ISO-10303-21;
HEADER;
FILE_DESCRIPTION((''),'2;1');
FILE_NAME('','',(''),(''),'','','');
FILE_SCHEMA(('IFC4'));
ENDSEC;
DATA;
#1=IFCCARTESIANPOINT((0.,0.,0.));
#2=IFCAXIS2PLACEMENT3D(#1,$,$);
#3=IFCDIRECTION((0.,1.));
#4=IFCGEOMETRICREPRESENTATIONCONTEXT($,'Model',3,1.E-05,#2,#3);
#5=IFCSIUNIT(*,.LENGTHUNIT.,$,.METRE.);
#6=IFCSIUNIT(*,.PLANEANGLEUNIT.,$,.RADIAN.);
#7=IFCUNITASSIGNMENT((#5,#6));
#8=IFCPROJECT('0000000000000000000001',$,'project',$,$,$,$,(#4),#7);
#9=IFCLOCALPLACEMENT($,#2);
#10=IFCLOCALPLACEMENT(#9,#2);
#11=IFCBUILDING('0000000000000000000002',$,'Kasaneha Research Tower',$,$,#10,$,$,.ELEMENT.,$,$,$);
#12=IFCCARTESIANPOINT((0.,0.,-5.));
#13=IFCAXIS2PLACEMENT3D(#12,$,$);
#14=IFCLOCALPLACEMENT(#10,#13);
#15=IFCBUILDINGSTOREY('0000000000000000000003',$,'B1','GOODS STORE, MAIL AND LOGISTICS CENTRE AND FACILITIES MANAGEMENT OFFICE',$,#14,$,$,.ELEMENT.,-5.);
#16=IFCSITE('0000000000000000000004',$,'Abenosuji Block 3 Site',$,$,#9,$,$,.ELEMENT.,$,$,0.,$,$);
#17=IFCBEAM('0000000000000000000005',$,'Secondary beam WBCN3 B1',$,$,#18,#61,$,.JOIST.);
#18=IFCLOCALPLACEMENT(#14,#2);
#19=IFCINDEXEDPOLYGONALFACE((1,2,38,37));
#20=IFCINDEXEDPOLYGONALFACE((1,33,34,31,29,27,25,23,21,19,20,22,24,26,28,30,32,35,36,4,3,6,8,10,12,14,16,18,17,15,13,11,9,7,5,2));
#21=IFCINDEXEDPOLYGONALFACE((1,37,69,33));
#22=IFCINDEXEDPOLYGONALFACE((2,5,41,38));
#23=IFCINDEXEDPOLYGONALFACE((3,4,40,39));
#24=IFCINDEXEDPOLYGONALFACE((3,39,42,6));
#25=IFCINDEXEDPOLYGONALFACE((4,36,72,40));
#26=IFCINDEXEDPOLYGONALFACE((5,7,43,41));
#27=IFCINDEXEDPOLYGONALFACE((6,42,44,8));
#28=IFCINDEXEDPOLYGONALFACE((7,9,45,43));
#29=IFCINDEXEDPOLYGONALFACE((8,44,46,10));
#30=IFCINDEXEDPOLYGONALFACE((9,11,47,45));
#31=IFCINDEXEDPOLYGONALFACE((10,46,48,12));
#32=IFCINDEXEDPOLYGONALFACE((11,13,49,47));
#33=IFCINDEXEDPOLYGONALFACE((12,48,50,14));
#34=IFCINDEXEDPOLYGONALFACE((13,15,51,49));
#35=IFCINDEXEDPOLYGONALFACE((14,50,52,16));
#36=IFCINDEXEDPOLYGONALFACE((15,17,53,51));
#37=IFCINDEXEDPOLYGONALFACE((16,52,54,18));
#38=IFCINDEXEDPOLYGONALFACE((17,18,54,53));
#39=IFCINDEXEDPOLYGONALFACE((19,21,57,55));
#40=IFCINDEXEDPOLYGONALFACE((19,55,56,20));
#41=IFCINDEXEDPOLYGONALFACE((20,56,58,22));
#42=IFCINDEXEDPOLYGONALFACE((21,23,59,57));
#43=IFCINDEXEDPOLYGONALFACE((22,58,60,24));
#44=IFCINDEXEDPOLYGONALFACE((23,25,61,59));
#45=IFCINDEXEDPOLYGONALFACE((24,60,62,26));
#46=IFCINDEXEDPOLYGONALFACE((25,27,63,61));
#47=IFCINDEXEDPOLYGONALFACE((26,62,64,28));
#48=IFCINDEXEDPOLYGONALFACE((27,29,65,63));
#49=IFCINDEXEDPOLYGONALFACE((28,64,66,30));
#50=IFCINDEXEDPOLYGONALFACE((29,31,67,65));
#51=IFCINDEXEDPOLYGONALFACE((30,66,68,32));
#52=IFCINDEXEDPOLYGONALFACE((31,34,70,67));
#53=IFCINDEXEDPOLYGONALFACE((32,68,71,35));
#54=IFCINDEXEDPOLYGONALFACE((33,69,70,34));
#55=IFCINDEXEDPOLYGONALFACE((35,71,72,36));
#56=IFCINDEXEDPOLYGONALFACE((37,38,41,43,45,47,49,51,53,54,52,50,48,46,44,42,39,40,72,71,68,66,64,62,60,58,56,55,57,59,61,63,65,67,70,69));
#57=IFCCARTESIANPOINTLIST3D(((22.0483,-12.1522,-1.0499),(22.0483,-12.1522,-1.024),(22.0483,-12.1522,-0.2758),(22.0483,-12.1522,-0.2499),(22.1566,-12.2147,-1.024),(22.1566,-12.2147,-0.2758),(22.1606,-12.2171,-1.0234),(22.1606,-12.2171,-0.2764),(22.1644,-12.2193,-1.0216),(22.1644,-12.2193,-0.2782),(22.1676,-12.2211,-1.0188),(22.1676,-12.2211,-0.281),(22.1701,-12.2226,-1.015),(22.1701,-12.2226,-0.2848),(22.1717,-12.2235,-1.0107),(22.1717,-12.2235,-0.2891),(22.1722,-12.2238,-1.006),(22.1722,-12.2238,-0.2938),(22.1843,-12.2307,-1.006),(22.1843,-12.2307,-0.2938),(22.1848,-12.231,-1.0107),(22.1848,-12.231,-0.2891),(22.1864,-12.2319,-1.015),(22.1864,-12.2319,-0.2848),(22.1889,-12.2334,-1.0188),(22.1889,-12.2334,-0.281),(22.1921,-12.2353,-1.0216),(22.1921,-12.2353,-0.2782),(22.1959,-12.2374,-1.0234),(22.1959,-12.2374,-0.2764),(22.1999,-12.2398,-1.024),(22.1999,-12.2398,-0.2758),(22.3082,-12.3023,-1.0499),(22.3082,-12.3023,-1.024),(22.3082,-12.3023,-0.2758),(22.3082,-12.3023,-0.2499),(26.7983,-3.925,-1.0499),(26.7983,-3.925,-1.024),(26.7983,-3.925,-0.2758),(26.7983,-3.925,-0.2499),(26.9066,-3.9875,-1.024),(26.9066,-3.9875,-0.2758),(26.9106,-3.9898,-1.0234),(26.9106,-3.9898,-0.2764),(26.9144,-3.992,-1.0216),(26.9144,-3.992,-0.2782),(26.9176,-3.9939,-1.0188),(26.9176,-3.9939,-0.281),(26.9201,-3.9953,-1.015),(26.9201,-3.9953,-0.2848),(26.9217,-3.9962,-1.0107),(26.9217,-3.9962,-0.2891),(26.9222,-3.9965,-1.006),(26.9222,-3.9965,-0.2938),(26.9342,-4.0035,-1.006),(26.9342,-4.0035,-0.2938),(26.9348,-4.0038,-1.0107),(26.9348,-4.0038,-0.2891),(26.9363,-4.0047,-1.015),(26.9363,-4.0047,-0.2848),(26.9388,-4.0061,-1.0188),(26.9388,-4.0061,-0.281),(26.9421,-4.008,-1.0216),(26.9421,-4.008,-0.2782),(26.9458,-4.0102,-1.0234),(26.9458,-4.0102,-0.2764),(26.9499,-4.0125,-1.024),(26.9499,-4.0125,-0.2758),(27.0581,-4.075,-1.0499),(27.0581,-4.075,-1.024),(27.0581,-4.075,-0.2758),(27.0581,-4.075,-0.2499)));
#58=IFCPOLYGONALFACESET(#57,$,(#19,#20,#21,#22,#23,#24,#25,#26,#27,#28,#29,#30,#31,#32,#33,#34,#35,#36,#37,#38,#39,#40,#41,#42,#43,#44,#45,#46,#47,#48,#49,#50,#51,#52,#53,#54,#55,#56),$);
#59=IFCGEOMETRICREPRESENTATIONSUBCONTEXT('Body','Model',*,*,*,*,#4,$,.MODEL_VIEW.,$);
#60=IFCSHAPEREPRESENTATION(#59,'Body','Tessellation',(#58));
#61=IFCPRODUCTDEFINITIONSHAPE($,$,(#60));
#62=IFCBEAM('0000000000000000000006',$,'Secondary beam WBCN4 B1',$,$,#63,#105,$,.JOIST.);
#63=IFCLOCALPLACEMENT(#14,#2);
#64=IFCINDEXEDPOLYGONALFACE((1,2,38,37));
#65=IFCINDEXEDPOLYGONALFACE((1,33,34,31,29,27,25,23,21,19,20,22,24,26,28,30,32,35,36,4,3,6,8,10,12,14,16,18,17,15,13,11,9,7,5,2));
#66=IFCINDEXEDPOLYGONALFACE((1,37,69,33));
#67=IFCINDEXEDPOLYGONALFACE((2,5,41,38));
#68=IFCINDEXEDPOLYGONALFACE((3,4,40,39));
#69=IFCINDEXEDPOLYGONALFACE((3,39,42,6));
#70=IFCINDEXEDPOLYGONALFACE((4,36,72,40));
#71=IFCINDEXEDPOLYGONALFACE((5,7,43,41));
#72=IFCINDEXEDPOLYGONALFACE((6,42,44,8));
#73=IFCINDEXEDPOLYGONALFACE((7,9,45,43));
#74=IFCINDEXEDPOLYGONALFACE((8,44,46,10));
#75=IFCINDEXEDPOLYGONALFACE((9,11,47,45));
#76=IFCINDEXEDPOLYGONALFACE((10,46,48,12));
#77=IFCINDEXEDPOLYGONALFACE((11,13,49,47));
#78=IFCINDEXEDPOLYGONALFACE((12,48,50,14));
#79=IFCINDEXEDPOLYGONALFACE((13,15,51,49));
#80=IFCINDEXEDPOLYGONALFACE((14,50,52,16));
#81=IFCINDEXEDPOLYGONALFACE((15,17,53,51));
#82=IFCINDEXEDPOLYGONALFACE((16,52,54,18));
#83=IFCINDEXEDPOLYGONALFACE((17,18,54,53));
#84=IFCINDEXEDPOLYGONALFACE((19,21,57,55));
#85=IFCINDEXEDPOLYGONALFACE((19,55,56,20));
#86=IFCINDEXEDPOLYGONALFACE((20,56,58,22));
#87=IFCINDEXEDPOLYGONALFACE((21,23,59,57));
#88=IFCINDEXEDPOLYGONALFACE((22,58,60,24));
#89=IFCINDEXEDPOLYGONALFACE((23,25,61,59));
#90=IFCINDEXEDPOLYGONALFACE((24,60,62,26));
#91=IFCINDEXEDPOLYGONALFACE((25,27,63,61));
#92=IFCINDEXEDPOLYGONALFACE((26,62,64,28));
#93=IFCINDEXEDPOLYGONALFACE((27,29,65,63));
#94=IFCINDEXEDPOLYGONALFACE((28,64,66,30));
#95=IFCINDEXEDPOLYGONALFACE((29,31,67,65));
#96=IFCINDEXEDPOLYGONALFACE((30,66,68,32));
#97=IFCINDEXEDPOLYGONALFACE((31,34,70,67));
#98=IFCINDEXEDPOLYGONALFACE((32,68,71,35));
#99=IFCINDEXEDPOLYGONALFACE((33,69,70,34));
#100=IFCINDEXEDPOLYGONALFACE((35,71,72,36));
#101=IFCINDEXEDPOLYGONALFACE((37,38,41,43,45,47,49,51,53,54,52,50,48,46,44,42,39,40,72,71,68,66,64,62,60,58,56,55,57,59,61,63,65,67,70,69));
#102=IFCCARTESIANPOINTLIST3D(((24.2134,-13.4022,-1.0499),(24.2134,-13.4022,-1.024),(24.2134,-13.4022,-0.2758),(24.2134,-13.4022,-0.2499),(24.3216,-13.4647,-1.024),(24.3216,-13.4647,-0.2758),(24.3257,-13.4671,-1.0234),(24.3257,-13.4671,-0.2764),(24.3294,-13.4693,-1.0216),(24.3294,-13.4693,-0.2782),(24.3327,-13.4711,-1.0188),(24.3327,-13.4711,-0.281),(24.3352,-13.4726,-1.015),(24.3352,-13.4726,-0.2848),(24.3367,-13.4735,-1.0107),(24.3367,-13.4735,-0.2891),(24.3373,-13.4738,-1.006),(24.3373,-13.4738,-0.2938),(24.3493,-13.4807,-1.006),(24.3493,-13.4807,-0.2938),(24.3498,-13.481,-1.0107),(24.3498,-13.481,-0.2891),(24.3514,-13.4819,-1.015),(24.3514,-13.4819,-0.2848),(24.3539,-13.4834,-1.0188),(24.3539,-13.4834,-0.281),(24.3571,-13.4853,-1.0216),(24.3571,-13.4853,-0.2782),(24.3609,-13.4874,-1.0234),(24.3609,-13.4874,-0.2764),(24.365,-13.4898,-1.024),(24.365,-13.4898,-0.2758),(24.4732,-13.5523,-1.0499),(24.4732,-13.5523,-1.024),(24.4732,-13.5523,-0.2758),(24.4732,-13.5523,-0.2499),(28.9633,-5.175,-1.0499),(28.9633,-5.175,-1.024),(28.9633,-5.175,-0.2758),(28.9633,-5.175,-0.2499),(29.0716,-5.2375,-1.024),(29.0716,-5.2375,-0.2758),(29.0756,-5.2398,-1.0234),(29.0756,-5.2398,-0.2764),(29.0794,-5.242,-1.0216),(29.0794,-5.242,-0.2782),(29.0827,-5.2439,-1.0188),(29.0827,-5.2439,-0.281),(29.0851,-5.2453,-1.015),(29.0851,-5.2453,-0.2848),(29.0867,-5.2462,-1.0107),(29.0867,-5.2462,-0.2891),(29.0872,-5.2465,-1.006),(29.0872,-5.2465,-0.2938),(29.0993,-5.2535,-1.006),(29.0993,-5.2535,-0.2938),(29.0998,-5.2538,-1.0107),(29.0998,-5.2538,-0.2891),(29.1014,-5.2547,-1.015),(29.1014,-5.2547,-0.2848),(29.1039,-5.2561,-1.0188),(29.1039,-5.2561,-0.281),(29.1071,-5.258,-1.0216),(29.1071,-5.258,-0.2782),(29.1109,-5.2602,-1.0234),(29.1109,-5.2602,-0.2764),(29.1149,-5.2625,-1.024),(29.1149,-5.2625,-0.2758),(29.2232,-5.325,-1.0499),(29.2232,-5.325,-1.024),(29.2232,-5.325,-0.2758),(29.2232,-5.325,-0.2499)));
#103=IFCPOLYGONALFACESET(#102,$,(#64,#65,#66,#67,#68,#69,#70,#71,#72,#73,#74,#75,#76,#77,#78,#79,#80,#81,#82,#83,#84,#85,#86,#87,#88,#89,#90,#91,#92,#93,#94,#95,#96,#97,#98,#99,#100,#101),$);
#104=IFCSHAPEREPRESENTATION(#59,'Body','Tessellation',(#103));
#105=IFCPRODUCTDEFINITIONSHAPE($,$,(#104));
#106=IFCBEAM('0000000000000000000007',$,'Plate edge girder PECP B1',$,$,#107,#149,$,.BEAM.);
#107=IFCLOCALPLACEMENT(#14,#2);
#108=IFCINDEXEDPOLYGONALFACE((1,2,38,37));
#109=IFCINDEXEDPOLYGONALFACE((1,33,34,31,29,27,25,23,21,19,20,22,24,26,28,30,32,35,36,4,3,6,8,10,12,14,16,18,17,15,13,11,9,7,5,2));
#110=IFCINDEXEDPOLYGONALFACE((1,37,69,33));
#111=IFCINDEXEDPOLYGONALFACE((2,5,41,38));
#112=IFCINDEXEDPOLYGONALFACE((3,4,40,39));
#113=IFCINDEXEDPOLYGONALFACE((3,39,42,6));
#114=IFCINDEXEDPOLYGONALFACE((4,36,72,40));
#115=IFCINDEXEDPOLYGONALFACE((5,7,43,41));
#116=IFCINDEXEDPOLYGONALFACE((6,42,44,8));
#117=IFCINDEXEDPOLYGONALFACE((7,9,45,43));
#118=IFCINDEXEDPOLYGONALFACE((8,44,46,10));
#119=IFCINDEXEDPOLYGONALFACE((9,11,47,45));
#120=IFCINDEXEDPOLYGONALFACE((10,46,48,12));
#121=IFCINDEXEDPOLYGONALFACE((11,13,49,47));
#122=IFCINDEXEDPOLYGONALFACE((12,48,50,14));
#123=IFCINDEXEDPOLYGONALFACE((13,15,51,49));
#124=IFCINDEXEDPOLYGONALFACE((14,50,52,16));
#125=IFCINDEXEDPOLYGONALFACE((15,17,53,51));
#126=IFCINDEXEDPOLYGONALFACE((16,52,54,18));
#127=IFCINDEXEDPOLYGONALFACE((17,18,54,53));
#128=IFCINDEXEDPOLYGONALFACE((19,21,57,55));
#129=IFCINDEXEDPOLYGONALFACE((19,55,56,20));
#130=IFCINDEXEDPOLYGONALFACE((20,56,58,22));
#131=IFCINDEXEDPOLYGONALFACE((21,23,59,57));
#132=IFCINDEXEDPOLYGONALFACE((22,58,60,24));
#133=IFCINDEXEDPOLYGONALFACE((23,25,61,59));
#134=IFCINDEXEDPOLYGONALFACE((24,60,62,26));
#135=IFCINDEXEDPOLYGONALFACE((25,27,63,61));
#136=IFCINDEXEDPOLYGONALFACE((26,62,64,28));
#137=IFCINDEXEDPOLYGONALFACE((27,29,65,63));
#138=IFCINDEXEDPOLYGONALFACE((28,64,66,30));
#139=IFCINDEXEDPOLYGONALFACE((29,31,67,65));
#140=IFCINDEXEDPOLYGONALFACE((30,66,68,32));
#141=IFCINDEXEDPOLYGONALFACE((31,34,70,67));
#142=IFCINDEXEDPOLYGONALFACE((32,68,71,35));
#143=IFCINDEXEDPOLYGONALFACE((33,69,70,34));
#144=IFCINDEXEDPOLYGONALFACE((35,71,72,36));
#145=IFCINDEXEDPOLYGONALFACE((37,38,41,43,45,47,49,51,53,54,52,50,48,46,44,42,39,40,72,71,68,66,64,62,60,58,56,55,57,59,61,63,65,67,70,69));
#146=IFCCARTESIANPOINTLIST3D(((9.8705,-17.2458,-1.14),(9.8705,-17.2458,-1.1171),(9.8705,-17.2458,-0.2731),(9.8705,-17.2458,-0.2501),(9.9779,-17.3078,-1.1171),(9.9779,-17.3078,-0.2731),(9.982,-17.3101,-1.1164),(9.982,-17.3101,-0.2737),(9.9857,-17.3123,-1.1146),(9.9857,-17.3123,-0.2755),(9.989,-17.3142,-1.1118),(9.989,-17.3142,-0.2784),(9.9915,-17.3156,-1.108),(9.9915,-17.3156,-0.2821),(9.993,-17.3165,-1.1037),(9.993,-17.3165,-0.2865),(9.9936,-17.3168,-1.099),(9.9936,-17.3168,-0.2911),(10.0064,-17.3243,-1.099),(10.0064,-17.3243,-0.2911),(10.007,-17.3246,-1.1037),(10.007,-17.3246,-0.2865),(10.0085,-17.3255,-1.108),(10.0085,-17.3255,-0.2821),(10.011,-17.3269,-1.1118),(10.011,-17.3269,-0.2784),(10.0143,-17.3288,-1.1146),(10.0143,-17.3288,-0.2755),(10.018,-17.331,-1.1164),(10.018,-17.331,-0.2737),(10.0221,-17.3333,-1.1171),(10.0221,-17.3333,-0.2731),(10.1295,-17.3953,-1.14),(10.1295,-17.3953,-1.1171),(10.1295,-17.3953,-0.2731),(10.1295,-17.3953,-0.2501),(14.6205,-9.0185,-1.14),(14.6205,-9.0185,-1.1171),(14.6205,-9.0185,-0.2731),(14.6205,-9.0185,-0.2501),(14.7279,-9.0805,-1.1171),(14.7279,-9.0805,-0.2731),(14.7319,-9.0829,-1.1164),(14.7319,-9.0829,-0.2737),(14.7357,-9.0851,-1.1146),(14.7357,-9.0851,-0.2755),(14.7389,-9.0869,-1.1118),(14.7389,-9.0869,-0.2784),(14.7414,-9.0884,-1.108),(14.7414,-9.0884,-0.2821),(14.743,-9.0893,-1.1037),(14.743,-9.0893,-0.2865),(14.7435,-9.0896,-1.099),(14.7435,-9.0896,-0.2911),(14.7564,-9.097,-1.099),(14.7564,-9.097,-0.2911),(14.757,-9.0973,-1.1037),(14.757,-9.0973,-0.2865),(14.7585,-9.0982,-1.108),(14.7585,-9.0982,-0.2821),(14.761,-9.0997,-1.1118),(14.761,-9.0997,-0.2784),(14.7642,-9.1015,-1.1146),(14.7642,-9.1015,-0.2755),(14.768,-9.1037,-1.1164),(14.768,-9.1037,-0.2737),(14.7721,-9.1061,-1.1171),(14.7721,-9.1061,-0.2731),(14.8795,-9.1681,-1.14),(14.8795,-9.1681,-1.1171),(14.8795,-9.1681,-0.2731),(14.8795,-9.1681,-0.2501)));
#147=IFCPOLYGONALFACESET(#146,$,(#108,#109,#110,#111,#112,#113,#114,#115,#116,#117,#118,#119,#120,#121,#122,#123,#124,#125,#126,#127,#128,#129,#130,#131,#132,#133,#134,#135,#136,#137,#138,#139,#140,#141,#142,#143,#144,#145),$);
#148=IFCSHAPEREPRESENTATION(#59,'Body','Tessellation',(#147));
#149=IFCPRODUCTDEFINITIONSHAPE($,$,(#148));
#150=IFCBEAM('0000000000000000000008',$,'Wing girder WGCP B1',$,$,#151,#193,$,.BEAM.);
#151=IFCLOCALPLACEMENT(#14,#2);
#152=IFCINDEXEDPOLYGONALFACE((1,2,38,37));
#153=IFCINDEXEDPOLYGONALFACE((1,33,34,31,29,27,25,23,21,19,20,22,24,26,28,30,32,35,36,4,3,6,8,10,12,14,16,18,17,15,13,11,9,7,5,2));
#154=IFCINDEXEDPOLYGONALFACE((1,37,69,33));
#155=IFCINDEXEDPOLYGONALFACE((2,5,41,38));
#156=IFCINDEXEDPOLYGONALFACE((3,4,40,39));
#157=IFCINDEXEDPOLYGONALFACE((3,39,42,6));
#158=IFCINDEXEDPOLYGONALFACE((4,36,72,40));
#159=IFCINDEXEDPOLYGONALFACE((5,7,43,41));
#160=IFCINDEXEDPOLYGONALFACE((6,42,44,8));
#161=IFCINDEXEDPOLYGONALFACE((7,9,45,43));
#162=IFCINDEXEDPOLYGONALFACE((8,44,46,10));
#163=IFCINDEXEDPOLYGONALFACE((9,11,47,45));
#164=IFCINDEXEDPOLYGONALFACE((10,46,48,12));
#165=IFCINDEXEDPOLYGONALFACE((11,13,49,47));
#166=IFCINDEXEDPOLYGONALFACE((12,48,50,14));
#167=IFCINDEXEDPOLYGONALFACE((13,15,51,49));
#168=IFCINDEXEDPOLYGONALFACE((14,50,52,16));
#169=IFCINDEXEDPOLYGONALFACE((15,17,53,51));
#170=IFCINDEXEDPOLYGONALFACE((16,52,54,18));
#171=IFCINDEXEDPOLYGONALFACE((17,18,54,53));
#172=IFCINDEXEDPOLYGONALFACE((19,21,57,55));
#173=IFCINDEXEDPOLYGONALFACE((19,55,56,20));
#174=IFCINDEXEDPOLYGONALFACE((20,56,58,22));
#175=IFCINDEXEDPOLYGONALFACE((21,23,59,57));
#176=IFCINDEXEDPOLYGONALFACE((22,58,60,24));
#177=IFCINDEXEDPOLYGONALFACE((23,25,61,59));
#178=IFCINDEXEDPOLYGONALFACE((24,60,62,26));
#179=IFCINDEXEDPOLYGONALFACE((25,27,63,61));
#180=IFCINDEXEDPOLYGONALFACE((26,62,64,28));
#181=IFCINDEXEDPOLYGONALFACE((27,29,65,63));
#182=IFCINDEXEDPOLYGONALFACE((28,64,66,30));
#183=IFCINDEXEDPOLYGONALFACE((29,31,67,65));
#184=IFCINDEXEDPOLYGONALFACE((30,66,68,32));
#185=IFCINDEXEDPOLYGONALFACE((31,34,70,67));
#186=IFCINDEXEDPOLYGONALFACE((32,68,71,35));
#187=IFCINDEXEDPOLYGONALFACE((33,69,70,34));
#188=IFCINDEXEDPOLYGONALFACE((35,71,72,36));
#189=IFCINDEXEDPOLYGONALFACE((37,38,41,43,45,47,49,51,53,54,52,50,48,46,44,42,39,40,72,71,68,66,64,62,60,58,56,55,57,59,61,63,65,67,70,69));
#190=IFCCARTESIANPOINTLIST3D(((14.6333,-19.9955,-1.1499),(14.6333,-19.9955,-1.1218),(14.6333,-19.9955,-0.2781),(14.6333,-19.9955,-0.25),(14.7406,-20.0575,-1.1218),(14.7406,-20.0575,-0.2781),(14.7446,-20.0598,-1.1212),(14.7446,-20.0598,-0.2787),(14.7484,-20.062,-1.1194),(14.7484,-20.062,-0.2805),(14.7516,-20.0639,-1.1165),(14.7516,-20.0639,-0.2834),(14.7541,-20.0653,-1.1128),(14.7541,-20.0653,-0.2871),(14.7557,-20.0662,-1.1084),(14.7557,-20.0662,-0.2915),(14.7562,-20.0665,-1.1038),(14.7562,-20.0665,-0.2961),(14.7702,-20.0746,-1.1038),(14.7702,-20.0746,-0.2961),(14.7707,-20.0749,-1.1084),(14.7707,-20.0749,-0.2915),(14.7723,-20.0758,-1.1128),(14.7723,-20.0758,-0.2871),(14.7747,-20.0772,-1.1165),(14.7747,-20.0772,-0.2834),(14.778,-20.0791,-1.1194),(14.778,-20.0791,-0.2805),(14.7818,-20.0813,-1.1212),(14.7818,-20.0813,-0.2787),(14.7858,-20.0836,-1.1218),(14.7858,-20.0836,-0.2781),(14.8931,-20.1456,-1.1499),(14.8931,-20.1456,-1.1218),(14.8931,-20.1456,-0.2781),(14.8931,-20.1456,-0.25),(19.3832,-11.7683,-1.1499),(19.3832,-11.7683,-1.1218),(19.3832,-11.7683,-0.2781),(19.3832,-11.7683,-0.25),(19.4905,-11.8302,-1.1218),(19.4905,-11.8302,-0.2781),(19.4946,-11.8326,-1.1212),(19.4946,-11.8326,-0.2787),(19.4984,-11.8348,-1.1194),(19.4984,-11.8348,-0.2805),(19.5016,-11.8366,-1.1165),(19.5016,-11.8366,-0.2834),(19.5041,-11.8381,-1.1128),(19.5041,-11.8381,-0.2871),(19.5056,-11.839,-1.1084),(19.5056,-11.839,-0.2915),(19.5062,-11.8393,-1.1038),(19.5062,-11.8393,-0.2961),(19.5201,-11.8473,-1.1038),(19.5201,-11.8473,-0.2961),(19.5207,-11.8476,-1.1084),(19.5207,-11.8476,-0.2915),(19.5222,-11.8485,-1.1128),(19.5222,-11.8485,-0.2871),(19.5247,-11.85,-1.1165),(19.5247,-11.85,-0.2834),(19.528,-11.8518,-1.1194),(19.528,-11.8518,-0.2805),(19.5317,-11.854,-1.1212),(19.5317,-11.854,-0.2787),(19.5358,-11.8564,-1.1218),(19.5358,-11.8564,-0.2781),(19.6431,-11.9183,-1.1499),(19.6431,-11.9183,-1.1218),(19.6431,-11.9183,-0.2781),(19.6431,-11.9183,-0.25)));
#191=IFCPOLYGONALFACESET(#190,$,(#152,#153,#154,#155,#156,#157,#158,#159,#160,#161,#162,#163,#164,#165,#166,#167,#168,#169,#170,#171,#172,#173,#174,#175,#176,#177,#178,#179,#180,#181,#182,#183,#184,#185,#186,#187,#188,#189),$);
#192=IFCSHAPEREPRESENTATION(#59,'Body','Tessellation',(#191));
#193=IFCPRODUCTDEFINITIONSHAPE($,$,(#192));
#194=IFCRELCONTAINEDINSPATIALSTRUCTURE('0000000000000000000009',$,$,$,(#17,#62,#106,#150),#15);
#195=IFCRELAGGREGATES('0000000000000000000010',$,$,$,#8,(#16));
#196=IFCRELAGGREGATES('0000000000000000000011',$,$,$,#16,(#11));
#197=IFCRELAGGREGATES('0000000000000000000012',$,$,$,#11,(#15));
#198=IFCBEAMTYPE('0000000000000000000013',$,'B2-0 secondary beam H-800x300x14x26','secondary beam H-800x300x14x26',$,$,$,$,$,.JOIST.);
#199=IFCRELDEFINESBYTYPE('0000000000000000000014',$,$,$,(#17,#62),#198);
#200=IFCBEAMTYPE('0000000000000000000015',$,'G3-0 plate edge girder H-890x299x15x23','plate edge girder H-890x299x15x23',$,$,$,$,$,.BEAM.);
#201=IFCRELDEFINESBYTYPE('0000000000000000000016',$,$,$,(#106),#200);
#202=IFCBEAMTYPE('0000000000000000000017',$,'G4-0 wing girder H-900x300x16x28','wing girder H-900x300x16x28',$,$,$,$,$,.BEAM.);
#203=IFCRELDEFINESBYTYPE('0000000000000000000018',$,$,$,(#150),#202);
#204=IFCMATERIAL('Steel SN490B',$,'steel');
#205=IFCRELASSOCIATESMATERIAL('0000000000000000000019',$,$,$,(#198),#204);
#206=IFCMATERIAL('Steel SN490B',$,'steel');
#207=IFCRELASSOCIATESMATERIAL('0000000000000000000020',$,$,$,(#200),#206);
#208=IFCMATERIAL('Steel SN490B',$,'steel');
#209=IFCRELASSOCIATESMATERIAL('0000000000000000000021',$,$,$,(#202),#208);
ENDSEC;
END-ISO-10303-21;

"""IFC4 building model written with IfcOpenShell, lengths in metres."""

from ifc_helpers import new_model, si_unit, direction, frame, origin, origin_2d, place, context, subcontext, project, spatial, i_section, extrude, material, material_profile, profile_set, type_object, element, save


model = new_model("IFC4")

# Units and contexts
model_context = context("Model", 3, precision=1e-05, world=origin(), true_north=direction((0.0, 1.0)))
body_context = subcontext(model_context, "Body", "Model", "MODEL_VIEW")
ifc_project = project(units=[si_unit("LENGTHUNIT", "METRE"), si_unit("PLANEANGLEUNIT", "RADIAN")], contexts=[model_context])

# Site, building, storey
site_placement = place(None, origin())
site = spatial("IfcSite", under=ifc_project, at=site_placement, Name="Abenosuji Block 3 Site", CompositionType="ELEMENT", RefElevation=0.0)
building_placement = place(site_placement, origin())
building = spatial("IfcBuilding", under=site, at=building_placement, Name="Kasaneha Research Tower", CompositionType="ELEMENT")
storey_placement = place(building_placement, frame((0.0, 0.0, -5.0)))
storey = spatial("IfcBuildingStorey", under=building, at=storey_placement, Name="B1", Description="GOODS STORE, MAIL AND LOGISTICS CENTRE AND FACILITIES MANAGEMENT OFFICE", CompositionType="ELEMENT", Elevation=-5.0)

# Beams
ifc_material_1 = material(Name="Steel SN490B", Category="steel")
ifc_material_profile_1 = material_profile(ifc_material_1, i_section(OverallWidth=0.3, OverallDepth=0.8, WebThickness=0.0139, FlangeThickness=0.0259, FilletRadius=0.0181, at=origin_2d()), Name="H-800x300x14x26")
ifc_profile_set_1 = profile_set([ifc_material_profile_1], Name="Steel SN490B")
beam_type_1 = type_object("IfcBeamType", Name="B2-0 secondary beam H-800x300x14x26", Description="secondary beam H-800x300x14x26", PredefinedType="JOIST", material=ifc_profile_set_1)
for number, where, z_axis, x_axis, name in (
    (1, (26.9282, -4.0, -0.6499), (-0.499998, -0.866027, 0.0), (0.866027, -0.499998, 0.0), "Secondary beam WBCN3 B1"),
    (2, (29.0933, -5.25, -0.6499), (-0.499998, -0.866027, 0.0), (0.866027, -0.499998, 0.0), "Secondary beam WBCN4 B1"),
):
    element("IfcBeam", number, at=place(storey_placement, frame(where, z_axis=z_axis, x_axis=x_axis)), inside=storey, type_object=beam_type_1, Name=name, PredefinedType="JOIST", context=body_context, shape_type="SweptSolid", body=[
        extrude(i_section(OverallWidth=0.3, OverallDepth=0.8, WebThickness=0.0139, FlangeThickness=0.0259, FilletRadius=0.0181, at=origin_2d()), origin(), (0.0, 0.0, 1.0), 9.5),
    ])
ifc_material_2 = material(Name="Steel SN490B", Category="steel")
ifc_material_profile_2 = material_profile(ifc_material_2, i_section(OverallWidth=0.2991, OverallDepth=0.8899, WebThickness=0.0149, FlangeThickness=0.0229, FilletRadius=0.0181, at=origin_2d()), Name="H-890x299x15x23")
ifc_profile_set_2 = profile_set([ifc_material_profile_2], Name="Steel SN490B")
beam_type_2 = type_object("IfcBeamType", Name="G3-0 plate edge girder H-890x299x15x23", Description="plate edge girder H-890x299x15x23", PredefinedType="BEAM", material=ifc_profile_set_2)
beam_1_placement = place(storey_placement, frame((10.0, -17.3206, -0.6951), z_axis=(0.499998, 0.866027, 0.0), x_axis=(-0.866027, 0.499998, 0.0)))
element("IfcBeam", 3, at=beam_1_placement, inside=storey, type_object=beam_type_2, Name="Plate edge girder PECP B1", PredefinedType="BEAM", context=body_context, shape_type="SweptSolid", body=[
    extrude(i_section(OverallWidth=0.2991, OverallDepth=0.8899, WebThickness=0.0149, FlangeThickness=0.0229, FilletRadius=0.0181, at=origin_2d()), origin(), (0.0, 0.0, 1.0), 9.5),
])
ifc_material_3 = material(Name="Steel SN490B", Category="steel")
ifc_material_profile_3 = material_profile(ifc_material_3, i_section(OverallWidth=0.3, OverallDepth=0.8999, WebThickness=0.0161, FlangeThickness=0.0281, FilletRadius=0.0181, at=origin_2d()), Name="H-900x300x16x28")
ifc_profile_set_3 = profile_set([ifc_material_profile_3], Name="Steel SN490B")
beam_type_3 = type_object("IfcBeamType", Name="G4-0 wing girder H-900x300x16x28", Description="wing girder H-900x300x16x28", PredefinedType="BEAM", material=ifc_profile_set_3)
for number, where, z_axis, x_axis, name in (
    (4, (14.7632, -20.0706, -0.7), (0.499998, 0.866027, 0.0), (-0.866027, 0.499998, 0.0), "Wing girder WGCP B1"),
):
    element("IfcBeam", number, at=place(storey_placement, frame(where, z_axis=z_axis, x_axis=x_axis)), inside=storey, type_object=beam_type_3, Name=name, PredefinedType="BEAM", context=body_context, shape_type="SweptSolid", body=[
        extrude(i_section(OverallWidth=0.3, OverallDepth=0.8999, WebThickness=0.0161, FlangeThickness=0.0281, FilletRadius=0.0181, at=origin_2d()), origin(), (0.0, 0.0, 1.0), 9.5),
    ])

save(model, "model.ifc")
